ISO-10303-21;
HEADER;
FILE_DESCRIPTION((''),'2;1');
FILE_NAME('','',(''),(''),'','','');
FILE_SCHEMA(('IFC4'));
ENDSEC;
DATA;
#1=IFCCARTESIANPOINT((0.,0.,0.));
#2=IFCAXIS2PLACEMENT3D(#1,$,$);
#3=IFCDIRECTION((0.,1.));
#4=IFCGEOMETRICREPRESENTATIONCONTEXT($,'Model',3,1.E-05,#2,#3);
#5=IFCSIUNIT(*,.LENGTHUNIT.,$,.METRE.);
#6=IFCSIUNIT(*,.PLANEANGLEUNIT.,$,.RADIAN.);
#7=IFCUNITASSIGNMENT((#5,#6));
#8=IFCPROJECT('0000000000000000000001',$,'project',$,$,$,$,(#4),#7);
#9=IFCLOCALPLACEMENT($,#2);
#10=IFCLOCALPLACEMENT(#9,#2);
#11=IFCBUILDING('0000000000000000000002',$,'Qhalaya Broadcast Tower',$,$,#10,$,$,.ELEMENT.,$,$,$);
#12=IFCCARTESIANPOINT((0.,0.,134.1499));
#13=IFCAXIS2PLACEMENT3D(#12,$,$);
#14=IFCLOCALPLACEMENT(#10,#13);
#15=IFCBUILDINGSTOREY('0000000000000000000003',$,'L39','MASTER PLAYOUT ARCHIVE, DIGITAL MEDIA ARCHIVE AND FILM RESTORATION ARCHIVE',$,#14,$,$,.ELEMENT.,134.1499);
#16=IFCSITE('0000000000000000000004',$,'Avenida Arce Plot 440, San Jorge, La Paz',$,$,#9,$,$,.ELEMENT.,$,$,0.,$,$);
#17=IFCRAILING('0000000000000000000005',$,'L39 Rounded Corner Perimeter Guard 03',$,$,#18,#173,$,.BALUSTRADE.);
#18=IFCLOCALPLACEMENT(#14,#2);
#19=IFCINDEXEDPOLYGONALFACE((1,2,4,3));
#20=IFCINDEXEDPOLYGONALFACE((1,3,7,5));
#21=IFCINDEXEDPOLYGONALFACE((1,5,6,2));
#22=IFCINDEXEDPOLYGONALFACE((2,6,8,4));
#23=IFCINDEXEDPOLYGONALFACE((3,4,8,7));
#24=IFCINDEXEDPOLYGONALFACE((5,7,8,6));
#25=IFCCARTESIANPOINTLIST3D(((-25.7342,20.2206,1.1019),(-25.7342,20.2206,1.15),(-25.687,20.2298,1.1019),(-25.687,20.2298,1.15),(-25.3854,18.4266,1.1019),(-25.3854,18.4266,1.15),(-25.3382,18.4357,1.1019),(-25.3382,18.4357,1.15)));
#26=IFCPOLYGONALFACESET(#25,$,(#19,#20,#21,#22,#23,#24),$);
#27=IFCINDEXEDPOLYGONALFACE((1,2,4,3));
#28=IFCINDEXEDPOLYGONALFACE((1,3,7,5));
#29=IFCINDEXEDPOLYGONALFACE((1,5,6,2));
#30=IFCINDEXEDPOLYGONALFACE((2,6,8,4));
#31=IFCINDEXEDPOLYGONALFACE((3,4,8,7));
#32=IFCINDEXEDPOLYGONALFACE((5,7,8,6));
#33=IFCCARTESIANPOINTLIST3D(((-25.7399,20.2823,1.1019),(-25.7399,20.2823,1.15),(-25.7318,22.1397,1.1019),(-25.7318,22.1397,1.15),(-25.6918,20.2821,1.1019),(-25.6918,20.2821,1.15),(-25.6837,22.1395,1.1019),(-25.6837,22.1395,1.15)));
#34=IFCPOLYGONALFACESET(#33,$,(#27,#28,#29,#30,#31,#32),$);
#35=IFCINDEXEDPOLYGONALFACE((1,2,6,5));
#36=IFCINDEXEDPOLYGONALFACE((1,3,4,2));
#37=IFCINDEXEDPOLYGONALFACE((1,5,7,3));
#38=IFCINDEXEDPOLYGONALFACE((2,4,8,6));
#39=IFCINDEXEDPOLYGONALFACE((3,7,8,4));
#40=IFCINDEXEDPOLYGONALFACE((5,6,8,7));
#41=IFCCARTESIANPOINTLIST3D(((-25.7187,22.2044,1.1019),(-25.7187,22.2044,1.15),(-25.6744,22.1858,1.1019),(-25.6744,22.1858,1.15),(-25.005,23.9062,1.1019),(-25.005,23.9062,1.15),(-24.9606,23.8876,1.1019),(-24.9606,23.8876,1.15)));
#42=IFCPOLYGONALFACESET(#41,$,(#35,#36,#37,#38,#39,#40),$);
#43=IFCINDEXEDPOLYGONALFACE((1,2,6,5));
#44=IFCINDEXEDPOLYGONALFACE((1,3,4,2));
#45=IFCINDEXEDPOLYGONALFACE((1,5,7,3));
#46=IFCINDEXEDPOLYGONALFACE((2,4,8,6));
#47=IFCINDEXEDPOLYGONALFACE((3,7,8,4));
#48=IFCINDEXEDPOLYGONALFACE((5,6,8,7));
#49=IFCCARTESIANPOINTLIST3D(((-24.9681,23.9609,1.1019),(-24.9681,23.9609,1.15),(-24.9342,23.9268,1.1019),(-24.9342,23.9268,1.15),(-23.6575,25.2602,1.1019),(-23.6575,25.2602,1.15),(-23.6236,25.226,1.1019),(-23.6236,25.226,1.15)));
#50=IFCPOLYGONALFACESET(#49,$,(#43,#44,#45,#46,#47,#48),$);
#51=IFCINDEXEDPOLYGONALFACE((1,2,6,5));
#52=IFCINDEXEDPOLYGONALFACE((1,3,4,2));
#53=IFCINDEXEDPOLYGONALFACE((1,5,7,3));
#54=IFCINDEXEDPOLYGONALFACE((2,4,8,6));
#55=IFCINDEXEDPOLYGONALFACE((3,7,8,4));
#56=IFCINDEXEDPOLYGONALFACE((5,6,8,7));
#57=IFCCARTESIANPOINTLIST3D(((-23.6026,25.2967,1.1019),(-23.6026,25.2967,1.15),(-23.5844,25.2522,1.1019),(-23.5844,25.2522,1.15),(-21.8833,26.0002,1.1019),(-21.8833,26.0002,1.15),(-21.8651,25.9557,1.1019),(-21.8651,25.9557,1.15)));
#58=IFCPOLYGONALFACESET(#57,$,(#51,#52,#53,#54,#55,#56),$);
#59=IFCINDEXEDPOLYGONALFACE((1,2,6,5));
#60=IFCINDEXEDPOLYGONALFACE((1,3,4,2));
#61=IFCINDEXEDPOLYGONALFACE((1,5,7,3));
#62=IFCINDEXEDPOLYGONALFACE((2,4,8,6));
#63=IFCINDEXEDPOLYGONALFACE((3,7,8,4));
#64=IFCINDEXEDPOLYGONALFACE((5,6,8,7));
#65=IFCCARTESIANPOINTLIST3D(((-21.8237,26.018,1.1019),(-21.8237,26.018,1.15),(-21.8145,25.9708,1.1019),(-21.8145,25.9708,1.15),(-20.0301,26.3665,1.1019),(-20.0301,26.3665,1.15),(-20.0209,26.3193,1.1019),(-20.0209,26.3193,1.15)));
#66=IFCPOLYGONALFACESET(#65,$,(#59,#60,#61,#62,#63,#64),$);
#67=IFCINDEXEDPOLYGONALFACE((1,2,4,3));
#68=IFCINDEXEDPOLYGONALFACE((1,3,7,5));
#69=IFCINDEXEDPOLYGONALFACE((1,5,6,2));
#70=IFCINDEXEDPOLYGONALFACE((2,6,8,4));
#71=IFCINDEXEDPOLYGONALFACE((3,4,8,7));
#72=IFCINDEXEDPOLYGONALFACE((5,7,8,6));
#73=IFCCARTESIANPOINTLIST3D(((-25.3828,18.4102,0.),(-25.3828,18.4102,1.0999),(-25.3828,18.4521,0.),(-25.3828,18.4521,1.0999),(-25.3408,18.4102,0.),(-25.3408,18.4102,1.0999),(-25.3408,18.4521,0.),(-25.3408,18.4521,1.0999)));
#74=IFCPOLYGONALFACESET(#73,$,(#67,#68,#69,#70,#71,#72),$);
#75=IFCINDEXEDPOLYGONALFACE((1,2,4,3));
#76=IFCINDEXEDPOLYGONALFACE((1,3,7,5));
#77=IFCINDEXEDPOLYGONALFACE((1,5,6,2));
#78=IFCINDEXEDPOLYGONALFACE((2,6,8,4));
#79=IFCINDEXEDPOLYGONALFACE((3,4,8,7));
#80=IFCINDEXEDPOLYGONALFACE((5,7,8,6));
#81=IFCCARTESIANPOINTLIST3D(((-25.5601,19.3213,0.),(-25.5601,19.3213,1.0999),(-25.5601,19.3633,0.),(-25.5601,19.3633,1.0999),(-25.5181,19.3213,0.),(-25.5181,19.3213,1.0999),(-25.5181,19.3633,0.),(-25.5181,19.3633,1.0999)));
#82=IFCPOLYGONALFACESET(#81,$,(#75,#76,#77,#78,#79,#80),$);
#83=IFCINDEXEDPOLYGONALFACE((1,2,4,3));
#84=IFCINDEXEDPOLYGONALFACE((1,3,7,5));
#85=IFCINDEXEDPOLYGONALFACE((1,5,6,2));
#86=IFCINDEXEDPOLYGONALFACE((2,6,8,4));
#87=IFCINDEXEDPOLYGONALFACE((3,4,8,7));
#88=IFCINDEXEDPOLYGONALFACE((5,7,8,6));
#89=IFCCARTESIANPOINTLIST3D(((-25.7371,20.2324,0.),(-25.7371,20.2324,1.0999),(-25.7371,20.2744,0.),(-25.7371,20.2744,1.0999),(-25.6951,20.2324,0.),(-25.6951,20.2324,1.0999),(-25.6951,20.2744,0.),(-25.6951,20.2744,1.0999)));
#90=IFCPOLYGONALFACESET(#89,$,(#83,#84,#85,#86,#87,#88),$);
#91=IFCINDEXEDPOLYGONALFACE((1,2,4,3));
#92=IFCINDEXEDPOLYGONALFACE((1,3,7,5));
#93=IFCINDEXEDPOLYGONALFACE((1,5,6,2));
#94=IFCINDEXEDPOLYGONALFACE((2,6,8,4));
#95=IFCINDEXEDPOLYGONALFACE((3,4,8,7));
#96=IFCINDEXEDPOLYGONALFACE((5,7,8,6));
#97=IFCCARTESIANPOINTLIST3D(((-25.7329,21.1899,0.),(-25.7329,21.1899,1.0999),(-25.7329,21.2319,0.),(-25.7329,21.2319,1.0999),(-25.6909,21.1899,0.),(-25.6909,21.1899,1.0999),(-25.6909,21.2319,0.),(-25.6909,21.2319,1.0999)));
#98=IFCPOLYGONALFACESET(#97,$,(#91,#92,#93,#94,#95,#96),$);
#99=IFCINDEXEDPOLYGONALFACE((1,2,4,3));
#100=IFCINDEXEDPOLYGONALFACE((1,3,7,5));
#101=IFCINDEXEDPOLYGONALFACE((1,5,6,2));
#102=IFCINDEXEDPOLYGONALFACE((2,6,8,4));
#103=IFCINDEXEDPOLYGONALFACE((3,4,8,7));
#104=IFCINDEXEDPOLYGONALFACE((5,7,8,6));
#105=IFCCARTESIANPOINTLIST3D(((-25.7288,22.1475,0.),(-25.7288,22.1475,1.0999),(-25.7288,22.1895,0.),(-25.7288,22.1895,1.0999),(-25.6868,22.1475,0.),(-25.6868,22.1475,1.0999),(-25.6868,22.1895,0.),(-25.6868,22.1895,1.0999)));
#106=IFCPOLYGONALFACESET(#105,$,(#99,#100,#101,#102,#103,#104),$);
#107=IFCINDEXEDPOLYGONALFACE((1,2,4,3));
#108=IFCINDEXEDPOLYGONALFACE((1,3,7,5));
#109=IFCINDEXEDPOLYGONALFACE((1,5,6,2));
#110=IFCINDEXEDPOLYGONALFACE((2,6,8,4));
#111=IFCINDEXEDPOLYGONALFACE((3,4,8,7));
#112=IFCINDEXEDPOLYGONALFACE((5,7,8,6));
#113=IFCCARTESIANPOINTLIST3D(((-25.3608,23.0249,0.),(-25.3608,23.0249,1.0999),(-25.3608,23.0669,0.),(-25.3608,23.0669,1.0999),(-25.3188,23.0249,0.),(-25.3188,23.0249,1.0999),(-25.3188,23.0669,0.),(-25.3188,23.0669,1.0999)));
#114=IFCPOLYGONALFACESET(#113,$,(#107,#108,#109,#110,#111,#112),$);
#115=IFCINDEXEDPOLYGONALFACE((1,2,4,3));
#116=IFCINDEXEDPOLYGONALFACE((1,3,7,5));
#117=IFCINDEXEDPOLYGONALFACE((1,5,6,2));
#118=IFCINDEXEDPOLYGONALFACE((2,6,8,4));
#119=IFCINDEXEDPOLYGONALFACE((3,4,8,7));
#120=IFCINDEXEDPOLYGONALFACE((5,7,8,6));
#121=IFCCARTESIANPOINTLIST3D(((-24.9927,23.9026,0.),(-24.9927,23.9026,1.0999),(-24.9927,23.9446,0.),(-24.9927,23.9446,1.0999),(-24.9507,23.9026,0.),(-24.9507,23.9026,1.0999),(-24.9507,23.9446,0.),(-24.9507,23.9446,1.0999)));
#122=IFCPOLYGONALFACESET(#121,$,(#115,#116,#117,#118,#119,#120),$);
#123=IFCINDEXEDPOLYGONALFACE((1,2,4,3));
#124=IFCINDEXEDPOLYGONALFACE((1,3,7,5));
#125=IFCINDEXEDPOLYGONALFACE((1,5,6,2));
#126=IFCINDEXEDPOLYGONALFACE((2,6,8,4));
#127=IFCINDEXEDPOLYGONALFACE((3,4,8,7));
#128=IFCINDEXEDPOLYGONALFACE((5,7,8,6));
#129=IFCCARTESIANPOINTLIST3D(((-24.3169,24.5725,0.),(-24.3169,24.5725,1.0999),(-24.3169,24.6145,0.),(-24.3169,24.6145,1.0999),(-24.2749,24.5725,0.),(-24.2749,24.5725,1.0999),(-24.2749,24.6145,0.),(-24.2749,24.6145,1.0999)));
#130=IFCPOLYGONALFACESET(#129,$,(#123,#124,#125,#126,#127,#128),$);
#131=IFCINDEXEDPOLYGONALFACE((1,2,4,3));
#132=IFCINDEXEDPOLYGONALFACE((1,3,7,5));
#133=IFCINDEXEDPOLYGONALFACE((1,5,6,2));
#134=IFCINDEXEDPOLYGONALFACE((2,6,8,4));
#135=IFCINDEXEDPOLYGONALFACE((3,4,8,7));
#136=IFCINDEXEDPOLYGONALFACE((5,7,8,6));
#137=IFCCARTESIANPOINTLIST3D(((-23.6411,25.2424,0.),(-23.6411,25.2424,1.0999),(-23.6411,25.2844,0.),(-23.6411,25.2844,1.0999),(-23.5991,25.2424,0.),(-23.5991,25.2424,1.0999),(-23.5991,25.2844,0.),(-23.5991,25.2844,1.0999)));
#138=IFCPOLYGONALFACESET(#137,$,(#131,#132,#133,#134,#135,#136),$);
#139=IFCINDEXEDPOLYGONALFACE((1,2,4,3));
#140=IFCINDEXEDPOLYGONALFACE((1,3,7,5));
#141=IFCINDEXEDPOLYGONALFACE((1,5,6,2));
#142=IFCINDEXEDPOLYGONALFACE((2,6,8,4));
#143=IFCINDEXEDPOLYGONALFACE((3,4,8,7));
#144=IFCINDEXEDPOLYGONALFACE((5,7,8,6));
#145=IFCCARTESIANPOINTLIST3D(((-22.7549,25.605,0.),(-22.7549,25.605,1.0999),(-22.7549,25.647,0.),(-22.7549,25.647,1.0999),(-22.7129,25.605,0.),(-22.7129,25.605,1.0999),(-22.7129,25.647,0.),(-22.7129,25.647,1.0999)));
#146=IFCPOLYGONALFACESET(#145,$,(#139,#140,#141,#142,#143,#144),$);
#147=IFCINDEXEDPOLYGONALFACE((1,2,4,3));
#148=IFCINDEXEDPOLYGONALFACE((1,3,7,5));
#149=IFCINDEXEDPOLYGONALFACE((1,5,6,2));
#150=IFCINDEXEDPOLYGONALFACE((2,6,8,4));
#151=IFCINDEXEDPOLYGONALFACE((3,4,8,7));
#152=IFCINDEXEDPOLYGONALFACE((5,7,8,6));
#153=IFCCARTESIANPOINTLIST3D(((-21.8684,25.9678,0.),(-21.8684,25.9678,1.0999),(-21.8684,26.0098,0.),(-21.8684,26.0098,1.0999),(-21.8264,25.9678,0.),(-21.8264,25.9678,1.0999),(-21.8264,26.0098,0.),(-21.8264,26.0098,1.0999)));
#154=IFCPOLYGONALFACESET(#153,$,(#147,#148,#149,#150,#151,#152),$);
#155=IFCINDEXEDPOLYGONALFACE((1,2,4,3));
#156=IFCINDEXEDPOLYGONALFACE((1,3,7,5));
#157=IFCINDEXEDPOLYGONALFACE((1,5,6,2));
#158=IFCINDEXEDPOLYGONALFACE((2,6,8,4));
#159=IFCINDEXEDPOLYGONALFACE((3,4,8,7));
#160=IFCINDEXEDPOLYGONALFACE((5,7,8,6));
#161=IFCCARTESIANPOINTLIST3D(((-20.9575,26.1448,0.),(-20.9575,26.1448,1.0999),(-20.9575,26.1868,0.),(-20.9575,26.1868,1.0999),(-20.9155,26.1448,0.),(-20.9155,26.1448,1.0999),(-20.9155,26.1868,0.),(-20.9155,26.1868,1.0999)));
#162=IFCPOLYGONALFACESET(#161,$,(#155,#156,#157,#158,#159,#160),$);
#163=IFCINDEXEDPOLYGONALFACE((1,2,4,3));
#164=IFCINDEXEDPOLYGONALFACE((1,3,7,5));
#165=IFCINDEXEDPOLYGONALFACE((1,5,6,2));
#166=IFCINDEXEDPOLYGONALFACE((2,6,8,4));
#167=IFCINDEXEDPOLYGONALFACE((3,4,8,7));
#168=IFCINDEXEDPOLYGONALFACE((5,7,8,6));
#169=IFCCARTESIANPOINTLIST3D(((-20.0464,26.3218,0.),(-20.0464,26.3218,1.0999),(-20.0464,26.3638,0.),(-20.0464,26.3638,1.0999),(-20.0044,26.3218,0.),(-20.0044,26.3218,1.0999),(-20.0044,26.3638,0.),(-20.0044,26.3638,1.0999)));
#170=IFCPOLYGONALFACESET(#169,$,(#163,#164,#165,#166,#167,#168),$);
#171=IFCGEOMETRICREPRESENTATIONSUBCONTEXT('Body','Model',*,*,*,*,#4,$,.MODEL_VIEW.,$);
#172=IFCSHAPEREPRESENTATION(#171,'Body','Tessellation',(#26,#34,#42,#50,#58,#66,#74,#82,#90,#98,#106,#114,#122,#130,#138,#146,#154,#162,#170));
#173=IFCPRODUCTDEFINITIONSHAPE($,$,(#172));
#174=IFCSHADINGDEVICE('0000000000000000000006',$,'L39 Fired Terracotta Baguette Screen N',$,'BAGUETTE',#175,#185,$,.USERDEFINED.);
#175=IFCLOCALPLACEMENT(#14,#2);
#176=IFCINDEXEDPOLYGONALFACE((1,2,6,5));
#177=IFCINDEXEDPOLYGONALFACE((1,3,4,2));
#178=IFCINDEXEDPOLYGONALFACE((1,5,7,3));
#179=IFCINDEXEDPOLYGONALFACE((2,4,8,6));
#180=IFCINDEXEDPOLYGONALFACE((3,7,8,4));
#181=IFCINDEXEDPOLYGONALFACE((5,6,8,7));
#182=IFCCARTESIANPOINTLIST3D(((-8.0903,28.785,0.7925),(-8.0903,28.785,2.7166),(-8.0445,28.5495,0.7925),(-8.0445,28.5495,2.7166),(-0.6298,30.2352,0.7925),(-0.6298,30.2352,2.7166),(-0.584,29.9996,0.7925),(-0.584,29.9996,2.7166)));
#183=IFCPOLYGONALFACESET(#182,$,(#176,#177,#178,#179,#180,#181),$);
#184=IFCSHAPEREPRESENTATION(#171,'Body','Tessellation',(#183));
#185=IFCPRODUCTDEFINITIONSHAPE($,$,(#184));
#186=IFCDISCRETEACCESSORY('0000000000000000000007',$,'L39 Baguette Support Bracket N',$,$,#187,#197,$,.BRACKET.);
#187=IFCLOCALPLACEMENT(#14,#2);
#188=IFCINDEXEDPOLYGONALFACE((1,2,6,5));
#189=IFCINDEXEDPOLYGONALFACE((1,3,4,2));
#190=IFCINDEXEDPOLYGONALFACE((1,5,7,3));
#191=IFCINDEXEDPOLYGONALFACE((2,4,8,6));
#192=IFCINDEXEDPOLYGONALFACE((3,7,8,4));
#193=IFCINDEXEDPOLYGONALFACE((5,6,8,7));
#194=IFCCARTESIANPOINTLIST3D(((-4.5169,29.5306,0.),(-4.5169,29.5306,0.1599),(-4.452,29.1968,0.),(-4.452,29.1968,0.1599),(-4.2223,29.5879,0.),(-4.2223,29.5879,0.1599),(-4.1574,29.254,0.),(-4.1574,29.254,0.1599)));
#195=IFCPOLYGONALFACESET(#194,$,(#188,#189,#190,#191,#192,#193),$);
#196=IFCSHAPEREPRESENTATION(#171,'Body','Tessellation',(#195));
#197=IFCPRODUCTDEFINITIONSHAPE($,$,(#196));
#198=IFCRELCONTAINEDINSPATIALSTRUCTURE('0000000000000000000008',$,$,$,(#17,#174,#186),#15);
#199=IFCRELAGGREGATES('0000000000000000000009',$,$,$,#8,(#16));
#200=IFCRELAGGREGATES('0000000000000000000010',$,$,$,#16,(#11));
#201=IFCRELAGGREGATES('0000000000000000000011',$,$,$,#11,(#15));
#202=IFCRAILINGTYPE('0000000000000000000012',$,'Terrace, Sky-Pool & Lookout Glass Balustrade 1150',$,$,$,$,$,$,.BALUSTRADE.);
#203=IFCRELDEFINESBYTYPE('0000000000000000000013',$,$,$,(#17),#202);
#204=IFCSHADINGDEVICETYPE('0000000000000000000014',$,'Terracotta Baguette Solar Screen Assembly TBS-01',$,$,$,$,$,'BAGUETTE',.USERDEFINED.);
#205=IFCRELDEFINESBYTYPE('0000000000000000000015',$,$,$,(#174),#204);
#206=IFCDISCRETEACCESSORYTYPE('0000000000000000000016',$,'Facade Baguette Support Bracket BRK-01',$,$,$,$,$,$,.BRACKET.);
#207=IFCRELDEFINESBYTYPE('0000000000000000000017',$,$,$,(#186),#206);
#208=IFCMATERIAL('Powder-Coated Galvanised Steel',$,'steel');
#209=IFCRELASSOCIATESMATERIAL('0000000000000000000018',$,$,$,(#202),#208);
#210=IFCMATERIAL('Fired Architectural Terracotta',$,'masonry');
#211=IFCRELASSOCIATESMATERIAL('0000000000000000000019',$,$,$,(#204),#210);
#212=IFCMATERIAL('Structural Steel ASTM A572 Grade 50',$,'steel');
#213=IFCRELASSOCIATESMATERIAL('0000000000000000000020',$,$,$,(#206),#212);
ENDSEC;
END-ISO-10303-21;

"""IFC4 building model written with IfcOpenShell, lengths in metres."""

from ifc_helpers import new_model, si_unit, direction, frame, origin, origin_2d, place, context, subcontext, project, spatial, rectangle, extrude, material, type_object, element, save


model = new_model("IFC4")

# Units and contexts
model_context = context("Model", 3, precision=1e-05, world=origin(), true_north=direction((0.0, 1.0)))
body_context = subcontext(model_context, "Body", "Model", "MODEL_VIEW")
ifc_project = project(units=[si_unit("LENGTHUNIT", "METRE"), si_unit("PLANEANGLEUNIT", "RADIAN")], contexts=[model_context])

# Site, building, storey
site_placement = place(None, origin())
site = spatial("IfcSite", under=ifc_project, at=site_placement, Name="Avenida Arce Plot 440, San Jorge, La Paz", CompositionType="ELEMENT", RefElevation=0.0)
building_placement = place(site_placement, origin())
building = spatial("IfcBuilding", under=site, at=building_placement, Name="Qhalaya Broadcast Tower", CompositionType="ELEMENT")
storey_placement = place(building_placement, frame((0.0, 0.0, 134.1499)))
storey = spatial("IfcBuildingStorey", under=building, at=storey_placement, Name="L39", Description="MASTER PLAYOUT ARCHIVE, DIGITAL MEDIA ARCHIVE AND FILM RESTORATION ARCHIVE", CompositionType="ELEMENT", Elevation=134.1499)

# Shared definitions
ifc_material_1 = material(Name="Structural Steel ASTM A572 Grade 50", Category="steel")

# Railing
ifc_material_2 = material(Name="Powder-Coated Galvanised Steel", Category="steel")
railing_type = type_object("IfcRailingType", Name="Terrace, Sky-Pool & Lookout Glass Balustrade 1150", PredefinedType="BALUSTRADE", material=ifc_material_2)
railing_placement = place(storey_placement, frame((-25.3618, 18.4312, 0.0)))
element("IfcRailing", 1, at=railing_placement, inside=storey, type_object=railing_type, Name="L39 Rounded Corner Perimeter Guard 03", PredefinedType="BALUSTRADE", context=body_context, shape_type="SweptSolid", body=[
    extrude(rectangle(XDim=0.0481, YDim=0.0481, at=origin_2d()), frame((0.0, 0.0, 1.126), z_axis=(-0.190827, 0.981624, 0.0), x_axis=(-0.981624, -0.190827, 0.0)), (0.0, 0.0, 1.0), 1.8276),
    extrude(rectangle(XDim=0.0481, YDim=0.0481, at=origin_2d()), frame((-0.354, 1.8511, 1.126), z_axis=(0.004334, 0.999991, 0.0), x_axis=(-0.999991, 0.004334, 0.0)), (0.0, 0.0, 1.0), 1.8574),
    extrude(rectangle(XDim=0.0481, YDim=0.0481, at=origin_2d()), frame((-0.3347, 3.7639, 1.126), z_axis=(0.386755, 0.922183, 0.0), x_axis=(-0.922183, 0.386755, 0.0)), (0.0, 0.0, 1.0), 1.8455),
    extrude(rectangle(XDim=0.0481, YDim=0.0481, at=origin_2d()), frame((0.4106, 5.5127, 1.126), z_axis=(0.710179, 0.704021, 0.0), x_axis=(-0.704021, 0.710179, 0.0)), (0.0, 0.0, 1.0), 1.8455),
    extrude(rectangle(XDim=0.0481, YDim=0.0481, at=origin_2d()), frame((1.7683, 6.8433, 1.126), z_axis=(0.925521, 0.378697, 0.0), x_axis=(-0.378697, 0.925521, 0.0)), (0.0, 0.0, 1.0), 1.8577),
    extrude(rectangle(XDim=0.0481, YDim=0.0481, at=origin_2d()), frame((3.5427, 7.5632, 1.126), z_axis=(0.981643, 0.190725, 0.0), x_axis=(-0.190725, 0.981643, 0.0)), (0.0, 0.0, 1.0), 1.8271),
    extrude(rectangle(XDim=0.042, YDim=0.042, at=origin_2d()), origin(), (0.0, 0.0, 1.0), 1.0999),
    extrude(rectangle(XDim=0.042, YDim=0.042, at=origin_2d()), frame((-0.1772, 0.9111, 0.0)), (0.0, 0.0, 1.0), 1.0999),
    extrude(rectangle(XDim=0.042, YDim=0.042, at=origin_2d()), frame((-0.3542, 1.8223, 0.0)), (0.0, 0.0, 1.0), 1.0999),
    extrude(rectangle(XDim=0.042, YDim=0.042, at=origin_2d()), frame((-0.3501, 2.7798, 0.0)), (0.0, 0.0, 1.0), 1.0999),
    extrude(rectangle(XDim=0.042, YDim=0.042, at=origin_2d()), frame((-0.3459, 3.7373, 0.0)), (0.0, 0.0, 1.0), 1.0999),
    extrude(rectangle(XDim=0.042, YDim=0.042, at=origin_2d()), frame((0.022, 4.6147, 0.0)), (0.0, 0.0, 1.0), 1.0999),
    extrude(rectangle(XDim=0.042, YDim=0.042, at=origin_2d()), frame((0.3901, 5.4924, 0.0)), (0.0, 0.0, 1.0), 1.0999),
    extrude(rectangle(XDim=0.042, YDim=0.042, at=origin_2d()), frame((1.0659, 6.1624, 0.0)), (0.0, 0.0, 1.0), 1.0999),
    extrude(rectangle(XDim=0.042, YDim=0.042, at=origin_2d()), frame((1.7417, 6.8323, 0.0)), (0.0, 0.0, 1.0), 1.0999),
    extrude(rectangle(XDim=0.042, YDim=0.042, at=origin_2d()), frame((2.6279, 7.1948, 0.0)), (0.0, 0.0, 1.0), 1.0999),
    extrude(rectangle(XDim=0.042, YDim=0.042, at=origin_2d()), frame((3.5144, 7.5576, 0.0)), (0.0, 0.0, 1.0), 1.0999),
    extrude(rectangle(XDim=0.042, YDim=0.042, at=origin_2d()), frame((4.4253, 7.7346, 0.0)), (0.0, 0.0, 1.0), 1.0999),
    extrude(rectangle(XDim=0.042, YDim=0.042, at=origin_2d()), frame((5.3364, 7.9116, 0.0)), (0.0, 0.0, 1.0), 1.0999),
])

# Shading device
ifc_material_3 = material(Name="Fired Architectural Terracotta", Category="masonry")
shading_device_type = type_object("IfcShadingDeviceType", Name="Terracotta Baguette Solar Screen Assembly TBS-01", ElementType="BAGUETTE", PredefinedType="USERDEFINED", material=ifc_material_3)
shading_device_placement = place(storey_placement, frame((-4.3372, 29.3923, 0.7925), z_axis=(0.0, 0.0, 1.0), x_axis=(-0.981627, -0.190809, 0.0)))
element("IfcShadingDevice", 2, at=shading_device_placement, inside=storey, type_object=shading_device_type, Name="L39 Fired Terracotta Baguette Screen N", ObjectType="BAGUETTE", PredefinedType="USERDEFINED", context=body_context, shape_type="SweptSolid", body=[
    extrude(rectangle(XDim=7.6001, YDim=0.24, at=origin_2d()), origin(), (0.0, 0.0, 1.0), 1.9241),
])

# Discrete accessory
discrete_accessory_type = type_object("IfcDiscreteAccessoryType", Name="Facade Baguette Support Bracket BRK-01", PredefinedType="BRACKET", material=ifc_material_1)
discrete_accessory_placement = place(storey_placement, frame((-4.3372, 29.3923, 0.0), z_axis=(0.0, 0.0, 1.0), x_axis=(-0.981627, -0.190809, 0.0)))
element("IfcDiscreteAccessory", 3, at=discrete_accessory_placement, inside=storey, type_object=discrete_accessory_type, Name="L39 Baguette Support Bracket N", PredefinedType="BRACKET", context=body_context, shape_type="SweptSolid", body=[
    extrude(rectangle(XDim=0.3, YDim=0.3401, at=origin_2d()), origin(), (0.0, 0.0, 1.0), 0.1599),
])

save(model, "model.ifc")
